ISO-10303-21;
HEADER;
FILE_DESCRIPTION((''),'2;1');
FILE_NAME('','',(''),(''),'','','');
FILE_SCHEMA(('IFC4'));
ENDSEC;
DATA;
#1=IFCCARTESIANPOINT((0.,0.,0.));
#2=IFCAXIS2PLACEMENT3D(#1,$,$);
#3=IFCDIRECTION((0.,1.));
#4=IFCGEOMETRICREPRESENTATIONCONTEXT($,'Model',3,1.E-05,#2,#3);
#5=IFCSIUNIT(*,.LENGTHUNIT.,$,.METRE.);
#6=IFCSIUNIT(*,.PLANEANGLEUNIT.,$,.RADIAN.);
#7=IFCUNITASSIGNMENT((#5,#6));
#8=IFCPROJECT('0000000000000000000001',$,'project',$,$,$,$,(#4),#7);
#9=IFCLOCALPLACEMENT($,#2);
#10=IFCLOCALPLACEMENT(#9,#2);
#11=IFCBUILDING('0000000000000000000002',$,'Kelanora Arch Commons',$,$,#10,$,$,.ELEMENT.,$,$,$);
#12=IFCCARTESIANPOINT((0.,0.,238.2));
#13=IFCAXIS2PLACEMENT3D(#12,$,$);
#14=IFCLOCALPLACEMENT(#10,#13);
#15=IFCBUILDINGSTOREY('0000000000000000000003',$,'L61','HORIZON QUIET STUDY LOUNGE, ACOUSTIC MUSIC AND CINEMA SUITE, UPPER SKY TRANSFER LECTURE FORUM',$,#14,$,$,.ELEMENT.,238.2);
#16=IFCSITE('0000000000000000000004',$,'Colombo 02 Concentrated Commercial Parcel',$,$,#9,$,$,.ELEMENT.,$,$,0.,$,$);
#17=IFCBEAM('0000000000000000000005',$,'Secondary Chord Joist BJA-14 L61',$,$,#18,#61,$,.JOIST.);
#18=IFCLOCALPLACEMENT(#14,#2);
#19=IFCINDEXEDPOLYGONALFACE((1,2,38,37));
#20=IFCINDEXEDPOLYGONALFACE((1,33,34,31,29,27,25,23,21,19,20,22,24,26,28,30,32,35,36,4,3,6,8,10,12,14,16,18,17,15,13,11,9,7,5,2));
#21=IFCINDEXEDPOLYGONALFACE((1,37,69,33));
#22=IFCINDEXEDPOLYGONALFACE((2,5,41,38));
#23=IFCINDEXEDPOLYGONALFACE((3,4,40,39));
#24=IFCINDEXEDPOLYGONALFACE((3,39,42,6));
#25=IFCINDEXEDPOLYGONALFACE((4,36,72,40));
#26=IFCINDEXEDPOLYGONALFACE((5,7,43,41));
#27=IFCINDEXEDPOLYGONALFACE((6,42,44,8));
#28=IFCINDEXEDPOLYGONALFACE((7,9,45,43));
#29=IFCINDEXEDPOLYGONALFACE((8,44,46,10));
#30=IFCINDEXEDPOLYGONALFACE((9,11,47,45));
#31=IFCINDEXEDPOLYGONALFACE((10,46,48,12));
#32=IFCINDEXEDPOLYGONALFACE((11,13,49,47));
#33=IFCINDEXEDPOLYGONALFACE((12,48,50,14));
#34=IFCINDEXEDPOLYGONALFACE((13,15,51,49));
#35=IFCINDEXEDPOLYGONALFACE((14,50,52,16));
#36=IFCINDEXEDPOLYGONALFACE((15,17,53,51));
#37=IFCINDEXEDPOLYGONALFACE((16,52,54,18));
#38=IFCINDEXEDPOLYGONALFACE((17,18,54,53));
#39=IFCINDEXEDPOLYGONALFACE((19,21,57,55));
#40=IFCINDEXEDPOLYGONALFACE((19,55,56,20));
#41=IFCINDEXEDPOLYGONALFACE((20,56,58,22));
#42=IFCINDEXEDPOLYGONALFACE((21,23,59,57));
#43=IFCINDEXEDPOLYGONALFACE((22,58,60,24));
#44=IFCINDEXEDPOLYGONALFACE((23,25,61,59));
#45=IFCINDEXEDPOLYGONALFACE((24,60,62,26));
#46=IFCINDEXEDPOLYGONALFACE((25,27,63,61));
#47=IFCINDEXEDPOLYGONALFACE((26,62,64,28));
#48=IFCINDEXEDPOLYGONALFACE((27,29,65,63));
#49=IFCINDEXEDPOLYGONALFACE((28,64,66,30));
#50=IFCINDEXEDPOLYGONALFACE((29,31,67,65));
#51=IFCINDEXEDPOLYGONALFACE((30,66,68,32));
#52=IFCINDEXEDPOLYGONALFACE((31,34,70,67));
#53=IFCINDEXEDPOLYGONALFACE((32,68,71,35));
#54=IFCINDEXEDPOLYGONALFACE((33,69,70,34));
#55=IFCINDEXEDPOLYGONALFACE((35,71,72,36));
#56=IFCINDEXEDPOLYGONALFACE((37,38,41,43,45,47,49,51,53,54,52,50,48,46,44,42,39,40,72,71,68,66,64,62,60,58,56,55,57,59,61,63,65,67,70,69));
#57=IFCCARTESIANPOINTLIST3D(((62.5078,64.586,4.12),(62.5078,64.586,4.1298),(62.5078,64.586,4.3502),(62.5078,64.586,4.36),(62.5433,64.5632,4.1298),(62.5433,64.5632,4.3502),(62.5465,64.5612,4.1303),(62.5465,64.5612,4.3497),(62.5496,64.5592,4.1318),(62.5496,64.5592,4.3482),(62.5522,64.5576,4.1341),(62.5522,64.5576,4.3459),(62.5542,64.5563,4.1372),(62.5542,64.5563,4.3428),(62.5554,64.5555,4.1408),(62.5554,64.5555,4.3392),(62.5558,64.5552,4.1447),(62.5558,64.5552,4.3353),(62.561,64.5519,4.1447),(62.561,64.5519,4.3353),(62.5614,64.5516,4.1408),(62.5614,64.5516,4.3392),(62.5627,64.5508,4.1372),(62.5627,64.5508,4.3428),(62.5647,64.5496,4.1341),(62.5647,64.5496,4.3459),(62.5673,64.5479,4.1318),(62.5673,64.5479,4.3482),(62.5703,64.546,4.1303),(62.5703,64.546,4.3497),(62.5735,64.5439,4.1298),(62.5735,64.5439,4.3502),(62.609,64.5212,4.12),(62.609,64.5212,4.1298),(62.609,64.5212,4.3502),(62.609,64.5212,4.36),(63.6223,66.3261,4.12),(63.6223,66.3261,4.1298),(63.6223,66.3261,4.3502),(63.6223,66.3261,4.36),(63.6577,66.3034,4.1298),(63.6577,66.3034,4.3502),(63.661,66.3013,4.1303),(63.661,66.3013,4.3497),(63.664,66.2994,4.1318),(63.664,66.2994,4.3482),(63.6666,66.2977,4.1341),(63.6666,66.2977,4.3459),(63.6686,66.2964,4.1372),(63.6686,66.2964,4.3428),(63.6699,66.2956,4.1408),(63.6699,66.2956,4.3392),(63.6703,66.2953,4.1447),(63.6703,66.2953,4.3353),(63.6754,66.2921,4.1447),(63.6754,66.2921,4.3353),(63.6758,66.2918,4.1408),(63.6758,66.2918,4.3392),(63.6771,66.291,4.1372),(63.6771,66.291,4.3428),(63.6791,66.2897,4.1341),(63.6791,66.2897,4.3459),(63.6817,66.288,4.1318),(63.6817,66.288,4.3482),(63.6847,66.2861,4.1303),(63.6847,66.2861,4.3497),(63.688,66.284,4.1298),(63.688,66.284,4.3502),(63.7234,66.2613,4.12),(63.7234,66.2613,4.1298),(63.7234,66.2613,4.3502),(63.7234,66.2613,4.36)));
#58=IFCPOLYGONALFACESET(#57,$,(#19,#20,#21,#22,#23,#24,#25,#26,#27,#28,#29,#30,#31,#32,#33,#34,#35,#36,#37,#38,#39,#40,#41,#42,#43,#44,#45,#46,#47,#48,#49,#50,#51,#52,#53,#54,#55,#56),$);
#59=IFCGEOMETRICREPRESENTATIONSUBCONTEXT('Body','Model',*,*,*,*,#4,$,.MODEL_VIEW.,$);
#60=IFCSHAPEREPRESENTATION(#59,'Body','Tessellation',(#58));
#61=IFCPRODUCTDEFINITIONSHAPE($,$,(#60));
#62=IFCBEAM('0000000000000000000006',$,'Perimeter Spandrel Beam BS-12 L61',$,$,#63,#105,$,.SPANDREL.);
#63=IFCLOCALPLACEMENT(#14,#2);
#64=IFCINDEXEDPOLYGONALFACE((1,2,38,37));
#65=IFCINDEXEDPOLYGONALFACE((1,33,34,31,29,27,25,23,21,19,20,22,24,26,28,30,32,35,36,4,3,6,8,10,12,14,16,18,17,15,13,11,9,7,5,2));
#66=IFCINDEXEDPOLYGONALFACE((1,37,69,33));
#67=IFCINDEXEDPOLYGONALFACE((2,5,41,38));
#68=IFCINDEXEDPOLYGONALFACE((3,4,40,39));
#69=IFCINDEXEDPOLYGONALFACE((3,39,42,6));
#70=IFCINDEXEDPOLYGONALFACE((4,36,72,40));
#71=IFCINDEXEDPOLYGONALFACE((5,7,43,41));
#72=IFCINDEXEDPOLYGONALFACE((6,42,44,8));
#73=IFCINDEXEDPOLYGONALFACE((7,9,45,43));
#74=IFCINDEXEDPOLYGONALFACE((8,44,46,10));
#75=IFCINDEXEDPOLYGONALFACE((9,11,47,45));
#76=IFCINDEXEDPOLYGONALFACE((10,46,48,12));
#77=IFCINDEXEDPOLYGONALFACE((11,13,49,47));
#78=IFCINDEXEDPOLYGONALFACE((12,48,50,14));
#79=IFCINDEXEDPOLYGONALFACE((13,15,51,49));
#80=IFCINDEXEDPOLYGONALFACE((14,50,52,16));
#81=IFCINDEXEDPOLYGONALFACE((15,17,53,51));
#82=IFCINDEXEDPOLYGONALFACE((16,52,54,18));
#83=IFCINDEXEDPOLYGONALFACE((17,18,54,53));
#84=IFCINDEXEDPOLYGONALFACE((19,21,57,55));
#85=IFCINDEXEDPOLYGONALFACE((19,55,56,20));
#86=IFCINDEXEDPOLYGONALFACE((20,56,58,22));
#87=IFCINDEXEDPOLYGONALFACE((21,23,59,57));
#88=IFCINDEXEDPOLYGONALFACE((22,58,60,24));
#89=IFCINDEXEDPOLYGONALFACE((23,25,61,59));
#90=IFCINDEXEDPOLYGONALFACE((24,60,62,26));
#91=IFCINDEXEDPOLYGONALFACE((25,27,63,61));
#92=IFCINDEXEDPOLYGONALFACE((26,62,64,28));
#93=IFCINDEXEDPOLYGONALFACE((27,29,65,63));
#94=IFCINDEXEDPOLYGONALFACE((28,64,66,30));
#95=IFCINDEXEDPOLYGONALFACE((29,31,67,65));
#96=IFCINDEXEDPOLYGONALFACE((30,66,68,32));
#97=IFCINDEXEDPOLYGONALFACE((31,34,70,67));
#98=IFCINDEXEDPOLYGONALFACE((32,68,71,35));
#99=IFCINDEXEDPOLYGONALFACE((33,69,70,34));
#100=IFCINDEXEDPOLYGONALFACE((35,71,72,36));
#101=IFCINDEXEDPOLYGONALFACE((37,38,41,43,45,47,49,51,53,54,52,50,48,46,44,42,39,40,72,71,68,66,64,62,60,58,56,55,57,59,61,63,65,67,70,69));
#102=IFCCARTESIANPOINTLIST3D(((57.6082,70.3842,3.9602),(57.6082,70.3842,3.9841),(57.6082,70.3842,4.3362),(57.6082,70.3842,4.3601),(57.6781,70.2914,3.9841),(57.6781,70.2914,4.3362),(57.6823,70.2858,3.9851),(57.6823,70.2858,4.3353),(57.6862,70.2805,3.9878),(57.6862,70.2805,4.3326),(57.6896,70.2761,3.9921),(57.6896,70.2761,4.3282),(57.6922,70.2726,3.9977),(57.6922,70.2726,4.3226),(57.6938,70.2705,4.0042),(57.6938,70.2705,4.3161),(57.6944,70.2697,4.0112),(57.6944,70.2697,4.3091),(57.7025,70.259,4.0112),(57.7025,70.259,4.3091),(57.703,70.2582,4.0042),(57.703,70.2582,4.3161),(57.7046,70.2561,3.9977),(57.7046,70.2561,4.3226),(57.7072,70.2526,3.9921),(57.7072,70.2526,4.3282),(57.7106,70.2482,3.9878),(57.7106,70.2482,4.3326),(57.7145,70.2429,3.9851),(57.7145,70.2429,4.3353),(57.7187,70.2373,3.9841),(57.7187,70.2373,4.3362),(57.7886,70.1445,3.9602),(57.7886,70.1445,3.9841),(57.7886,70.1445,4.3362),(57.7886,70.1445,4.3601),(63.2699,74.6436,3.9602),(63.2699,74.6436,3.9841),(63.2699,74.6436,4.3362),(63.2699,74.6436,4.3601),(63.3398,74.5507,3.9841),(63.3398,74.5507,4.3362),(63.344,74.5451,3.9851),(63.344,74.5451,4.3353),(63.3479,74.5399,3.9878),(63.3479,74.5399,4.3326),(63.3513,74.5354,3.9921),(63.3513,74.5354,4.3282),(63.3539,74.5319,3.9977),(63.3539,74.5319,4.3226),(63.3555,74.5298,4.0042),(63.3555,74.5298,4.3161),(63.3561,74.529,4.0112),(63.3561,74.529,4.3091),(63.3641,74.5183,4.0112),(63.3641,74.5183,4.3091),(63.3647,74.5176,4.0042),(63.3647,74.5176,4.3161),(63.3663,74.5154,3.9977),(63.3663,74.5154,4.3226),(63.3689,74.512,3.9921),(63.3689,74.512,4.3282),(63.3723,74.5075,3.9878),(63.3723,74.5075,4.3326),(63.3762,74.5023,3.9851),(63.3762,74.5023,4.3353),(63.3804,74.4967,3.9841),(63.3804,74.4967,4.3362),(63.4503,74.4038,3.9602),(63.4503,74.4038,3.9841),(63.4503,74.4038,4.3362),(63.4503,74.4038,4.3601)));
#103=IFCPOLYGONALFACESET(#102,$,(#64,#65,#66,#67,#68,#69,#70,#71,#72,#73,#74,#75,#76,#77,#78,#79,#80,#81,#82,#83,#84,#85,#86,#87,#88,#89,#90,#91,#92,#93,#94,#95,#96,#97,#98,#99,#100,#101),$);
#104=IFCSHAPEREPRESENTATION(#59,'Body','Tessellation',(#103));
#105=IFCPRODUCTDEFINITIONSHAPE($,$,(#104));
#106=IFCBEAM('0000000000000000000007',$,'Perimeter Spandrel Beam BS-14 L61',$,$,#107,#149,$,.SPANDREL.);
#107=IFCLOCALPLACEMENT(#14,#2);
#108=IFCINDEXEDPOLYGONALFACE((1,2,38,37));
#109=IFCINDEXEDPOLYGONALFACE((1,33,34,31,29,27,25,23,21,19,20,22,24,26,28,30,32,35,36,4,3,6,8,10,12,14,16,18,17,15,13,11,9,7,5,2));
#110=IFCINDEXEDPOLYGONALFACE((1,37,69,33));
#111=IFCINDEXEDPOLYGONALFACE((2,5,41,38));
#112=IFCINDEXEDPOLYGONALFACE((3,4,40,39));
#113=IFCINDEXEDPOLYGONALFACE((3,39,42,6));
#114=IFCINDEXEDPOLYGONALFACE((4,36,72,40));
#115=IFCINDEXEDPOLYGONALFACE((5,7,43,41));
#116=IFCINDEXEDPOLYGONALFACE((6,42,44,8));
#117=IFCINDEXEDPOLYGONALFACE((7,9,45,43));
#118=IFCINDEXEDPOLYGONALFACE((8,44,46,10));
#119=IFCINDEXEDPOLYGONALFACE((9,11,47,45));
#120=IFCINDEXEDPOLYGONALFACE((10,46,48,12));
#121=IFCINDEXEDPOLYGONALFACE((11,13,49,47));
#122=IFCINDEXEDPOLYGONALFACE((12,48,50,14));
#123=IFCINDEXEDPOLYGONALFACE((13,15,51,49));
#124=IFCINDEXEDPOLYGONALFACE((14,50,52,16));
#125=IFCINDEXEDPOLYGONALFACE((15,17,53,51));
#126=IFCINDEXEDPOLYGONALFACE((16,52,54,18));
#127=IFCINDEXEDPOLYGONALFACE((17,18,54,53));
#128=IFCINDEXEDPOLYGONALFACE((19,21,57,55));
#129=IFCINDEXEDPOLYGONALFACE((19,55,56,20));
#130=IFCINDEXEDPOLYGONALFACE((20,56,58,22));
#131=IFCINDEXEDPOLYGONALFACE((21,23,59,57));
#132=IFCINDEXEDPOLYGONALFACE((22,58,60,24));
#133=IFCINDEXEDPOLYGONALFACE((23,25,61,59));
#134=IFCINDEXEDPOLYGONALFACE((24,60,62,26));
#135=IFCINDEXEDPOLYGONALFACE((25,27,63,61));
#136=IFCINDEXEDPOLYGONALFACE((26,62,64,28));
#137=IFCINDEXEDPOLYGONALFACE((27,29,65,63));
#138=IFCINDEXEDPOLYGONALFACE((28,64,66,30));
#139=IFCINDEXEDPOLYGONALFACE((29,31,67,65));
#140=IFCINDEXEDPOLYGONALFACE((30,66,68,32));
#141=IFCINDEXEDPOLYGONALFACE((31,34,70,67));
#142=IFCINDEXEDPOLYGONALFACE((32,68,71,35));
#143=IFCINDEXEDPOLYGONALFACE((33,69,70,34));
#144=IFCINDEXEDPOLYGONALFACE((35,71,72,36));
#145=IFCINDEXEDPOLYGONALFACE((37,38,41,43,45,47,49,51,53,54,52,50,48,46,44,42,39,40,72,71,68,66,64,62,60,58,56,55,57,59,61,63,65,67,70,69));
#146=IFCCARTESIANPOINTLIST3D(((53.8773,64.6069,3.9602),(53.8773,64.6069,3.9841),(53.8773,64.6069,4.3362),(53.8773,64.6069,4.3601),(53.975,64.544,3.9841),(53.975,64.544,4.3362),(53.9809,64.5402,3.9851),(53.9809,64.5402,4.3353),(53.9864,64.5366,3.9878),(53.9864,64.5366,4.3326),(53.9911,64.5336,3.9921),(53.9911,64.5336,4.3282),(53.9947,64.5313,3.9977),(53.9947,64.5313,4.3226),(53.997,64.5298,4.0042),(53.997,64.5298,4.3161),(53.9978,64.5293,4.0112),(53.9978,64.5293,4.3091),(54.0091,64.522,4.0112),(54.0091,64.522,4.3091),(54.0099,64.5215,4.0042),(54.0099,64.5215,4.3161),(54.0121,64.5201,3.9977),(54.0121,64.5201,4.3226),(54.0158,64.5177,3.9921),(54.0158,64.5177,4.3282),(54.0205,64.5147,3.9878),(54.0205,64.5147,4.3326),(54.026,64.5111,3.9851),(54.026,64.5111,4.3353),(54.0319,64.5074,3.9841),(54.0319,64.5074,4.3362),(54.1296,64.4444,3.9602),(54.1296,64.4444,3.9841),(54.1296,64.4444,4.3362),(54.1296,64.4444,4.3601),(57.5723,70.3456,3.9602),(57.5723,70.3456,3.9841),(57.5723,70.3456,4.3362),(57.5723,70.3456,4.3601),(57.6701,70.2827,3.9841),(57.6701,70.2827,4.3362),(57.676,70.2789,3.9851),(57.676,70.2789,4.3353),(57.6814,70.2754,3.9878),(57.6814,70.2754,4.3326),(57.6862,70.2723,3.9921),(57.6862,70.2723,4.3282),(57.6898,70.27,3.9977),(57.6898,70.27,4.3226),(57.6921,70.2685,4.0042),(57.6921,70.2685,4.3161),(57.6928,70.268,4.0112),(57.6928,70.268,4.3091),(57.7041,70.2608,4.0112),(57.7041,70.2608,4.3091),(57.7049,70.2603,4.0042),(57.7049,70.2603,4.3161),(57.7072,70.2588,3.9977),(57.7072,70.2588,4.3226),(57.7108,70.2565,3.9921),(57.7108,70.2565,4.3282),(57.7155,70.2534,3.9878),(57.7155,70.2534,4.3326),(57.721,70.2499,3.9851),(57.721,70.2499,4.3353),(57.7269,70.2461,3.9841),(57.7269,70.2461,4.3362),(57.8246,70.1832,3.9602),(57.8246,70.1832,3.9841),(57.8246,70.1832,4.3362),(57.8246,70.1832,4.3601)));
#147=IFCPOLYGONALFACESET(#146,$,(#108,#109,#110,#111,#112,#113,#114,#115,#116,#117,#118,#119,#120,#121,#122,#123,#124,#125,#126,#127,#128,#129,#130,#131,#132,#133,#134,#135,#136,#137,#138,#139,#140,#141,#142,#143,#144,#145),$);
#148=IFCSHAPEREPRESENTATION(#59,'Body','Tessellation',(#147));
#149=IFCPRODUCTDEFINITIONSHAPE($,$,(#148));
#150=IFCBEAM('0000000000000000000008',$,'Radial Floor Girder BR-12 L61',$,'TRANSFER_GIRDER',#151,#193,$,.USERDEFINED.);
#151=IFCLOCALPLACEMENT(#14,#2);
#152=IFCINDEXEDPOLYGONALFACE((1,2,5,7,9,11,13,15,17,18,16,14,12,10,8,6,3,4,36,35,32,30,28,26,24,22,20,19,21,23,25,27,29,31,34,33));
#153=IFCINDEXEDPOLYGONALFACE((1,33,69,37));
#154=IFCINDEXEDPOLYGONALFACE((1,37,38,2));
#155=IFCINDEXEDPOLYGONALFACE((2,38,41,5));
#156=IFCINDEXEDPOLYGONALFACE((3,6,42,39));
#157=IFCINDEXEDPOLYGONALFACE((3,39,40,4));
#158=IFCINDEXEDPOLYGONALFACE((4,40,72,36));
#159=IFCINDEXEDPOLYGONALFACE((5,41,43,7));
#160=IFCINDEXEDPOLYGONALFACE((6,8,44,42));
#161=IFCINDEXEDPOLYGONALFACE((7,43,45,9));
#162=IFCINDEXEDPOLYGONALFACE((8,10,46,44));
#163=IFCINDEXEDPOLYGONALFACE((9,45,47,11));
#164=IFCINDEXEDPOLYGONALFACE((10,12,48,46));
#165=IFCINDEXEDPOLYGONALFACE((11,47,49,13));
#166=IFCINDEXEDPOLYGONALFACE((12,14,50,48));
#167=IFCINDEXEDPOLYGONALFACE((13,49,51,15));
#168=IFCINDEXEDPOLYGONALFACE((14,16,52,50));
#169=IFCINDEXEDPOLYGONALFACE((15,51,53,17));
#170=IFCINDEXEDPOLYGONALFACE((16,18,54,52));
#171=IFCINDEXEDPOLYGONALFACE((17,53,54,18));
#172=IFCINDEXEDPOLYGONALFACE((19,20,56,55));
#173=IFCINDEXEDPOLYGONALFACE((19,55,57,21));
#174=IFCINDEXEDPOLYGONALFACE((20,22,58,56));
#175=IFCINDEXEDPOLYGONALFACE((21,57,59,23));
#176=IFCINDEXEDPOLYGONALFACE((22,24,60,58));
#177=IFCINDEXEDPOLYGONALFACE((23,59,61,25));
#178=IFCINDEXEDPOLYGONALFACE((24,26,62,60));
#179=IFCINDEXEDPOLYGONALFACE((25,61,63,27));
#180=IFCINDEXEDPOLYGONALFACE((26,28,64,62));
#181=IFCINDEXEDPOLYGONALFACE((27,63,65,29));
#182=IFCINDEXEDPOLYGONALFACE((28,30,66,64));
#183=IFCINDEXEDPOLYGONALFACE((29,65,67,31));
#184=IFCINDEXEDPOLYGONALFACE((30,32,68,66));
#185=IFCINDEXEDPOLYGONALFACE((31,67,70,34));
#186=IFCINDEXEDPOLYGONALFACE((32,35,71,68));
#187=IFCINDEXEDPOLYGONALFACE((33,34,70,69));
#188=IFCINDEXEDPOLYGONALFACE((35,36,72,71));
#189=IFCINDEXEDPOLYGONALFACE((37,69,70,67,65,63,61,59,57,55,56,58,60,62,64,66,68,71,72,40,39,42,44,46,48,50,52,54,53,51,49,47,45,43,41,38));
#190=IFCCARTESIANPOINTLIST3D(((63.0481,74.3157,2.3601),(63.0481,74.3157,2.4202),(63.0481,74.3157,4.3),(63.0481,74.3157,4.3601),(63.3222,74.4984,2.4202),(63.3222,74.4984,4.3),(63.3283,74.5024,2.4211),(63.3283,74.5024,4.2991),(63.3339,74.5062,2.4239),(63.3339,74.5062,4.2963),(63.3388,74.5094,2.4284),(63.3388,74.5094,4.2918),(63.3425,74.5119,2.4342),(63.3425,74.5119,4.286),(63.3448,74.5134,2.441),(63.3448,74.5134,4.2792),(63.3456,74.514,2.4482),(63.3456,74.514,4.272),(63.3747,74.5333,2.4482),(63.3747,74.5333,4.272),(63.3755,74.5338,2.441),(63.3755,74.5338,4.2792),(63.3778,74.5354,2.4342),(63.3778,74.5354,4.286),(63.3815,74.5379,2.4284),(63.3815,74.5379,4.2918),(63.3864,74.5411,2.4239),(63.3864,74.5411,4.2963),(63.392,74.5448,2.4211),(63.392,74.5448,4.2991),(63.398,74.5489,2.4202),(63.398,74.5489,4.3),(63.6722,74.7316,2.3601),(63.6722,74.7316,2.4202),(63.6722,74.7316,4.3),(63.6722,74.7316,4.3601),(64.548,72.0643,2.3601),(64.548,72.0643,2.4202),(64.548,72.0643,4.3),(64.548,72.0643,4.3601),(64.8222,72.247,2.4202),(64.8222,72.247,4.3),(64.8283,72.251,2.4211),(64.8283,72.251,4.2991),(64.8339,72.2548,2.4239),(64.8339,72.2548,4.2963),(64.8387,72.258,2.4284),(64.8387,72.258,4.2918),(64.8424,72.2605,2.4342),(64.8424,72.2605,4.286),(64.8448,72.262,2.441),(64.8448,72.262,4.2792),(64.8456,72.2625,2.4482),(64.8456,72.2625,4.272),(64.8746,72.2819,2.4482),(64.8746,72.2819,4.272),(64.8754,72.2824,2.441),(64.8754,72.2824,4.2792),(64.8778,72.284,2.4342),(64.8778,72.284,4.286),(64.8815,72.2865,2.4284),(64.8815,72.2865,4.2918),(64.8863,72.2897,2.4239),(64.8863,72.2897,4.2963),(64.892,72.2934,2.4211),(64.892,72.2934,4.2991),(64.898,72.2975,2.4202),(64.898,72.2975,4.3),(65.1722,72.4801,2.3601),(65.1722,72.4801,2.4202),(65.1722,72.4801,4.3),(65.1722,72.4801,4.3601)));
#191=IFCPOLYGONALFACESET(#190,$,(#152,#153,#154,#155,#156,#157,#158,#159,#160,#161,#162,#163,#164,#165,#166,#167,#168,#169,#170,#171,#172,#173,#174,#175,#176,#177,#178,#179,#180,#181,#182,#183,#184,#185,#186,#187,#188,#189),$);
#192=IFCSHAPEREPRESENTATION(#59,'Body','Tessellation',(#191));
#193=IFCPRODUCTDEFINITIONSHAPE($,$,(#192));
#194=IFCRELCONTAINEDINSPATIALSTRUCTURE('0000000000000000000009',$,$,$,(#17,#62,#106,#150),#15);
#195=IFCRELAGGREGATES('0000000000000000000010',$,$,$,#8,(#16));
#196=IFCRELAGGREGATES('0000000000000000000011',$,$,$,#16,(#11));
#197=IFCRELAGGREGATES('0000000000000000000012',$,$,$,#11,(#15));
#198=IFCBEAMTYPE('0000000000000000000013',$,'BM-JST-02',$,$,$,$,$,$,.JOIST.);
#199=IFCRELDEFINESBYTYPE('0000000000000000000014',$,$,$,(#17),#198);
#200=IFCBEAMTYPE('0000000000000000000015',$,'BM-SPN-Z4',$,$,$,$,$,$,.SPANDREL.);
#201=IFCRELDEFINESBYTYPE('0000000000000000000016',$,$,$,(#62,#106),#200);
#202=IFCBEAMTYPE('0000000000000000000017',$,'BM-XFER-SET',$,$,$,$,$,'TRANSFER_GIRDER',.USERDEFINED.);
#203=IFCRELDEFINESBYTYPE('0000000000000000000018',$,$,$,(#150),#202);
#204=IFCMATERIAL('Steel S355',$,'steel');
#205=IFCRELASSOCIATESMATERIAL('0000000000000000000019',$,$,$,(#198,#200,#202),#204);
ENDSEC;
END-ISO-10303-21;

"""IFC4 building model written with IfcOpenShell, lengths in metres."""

from ifc_helpers import new_model, si_unit, direction, frame, origin, origin_2d, place, context, subcontext, project, spatial, i_section, extrude, material, material_profile, profile_set, type_object, element, save


model = new_model("IFC4")

# Units and contexts
model_context = context("Model", 3, precision=1e-05, world=origin(), true_north=direction((0.0, 1.0)))
body_context = subcontext(model_context, "Body", "Model", "MODEL_VIEW")
ifc_project = project(units=[si_unit("LENGTHUNIT", "METRE"), si_unit("PLANEANGLEUNIT", "RADIAN")], contexts=[model_context])

# Site, building, storey
site_placement = place(None, origin())
site = spatial("IfcSite", under=ifc_project, at=site_placement, Name="Colombo 02 Concentrated Commercial Parcel", CompositionType="ELEMENT", RefElevation=0.0)
building_placement = place(site_placement, origin())
building = spatial("IfcBuilding", under=site, at=building_placement, Name="Kelanora Arch Commons", CompositionType="ELEMENT")
storey_placement = place(building_placement, frame((0.0, 0.0, 238.2)))
storey = spatial("IfcBuildingStorey", under=building, at=storey_placement, Name="L61", Description="HORIZON QUIET STUDY LOUNGE, ACOUSTIC MUSIC AND CINEMA SUITE, UPPER SKY TRANSFER LECTURE FORUM", CompositionType="ELEMENT", Elevation=238.2)

# Beams
ifc_material_1 = material(Name="Steel S355", Category="steel")
ifc_material_profile_1 = material_profile(ifc_material_1, i_section(OverallWidth=0.1201, OverallDepth=0.24, WebThickness=0.0061, FlangeThickness=0.0098, FilletRadius=0.0149, at=origin_2d()), Name="IPE240")
ifc_profile_set_1 = profile_set([ifc_material_profile_1], Name="Steel S355")
beam_type_1 = type_object("IfcBeamType", Name="BM-JST-02", PredefinedType="JOIST", material=ifc_profile_set_1)
beam_1_placement = place(storey_placement, frame((63.6729, 66.2937, 4.24), z_axis=(-0.539312, -0.842106, 0.0), x_axis=(0.842106, -0.539312, 0.0)))
element("IfcBeam", 1, at=beam_1_placement, inside=storey, type_object=beam_type_1, Name="Secondary Chord Joist BJA-14 L61", PredefinedType="JOIST", context=body_context, shape_type="SweptSolid", body=[
    extrude(i_section(OverallWidth=0.1201, OverallDepth=0.24, WebThickness=0.0061, FlangeThickness=0.0098, FilletRadius=0.0149, at=origin_2d()), origin(), (0.0, 0.0, 1.0), 2.0664),
])
ifc_material_profile_2 = material_profile(ifc_material_1, i_section(OverallWidth=0.3, OverallDepth=0.3999, WebThickness=0.0134, FlangeThickness=0.0239, FilletRadius=0.0271, at=origin_2d()), Name="HEB400")
ifc_profile_set_2 = profile_set([ifc_material_profile_2], Name="Steel S355")
beam_type_2 = type_object("IfcBeamType", Name="BM-SPN-Z4", PredefinedType="SPANDREL", material=ifc_profile_set_2)
beam_2_placement = place(storey_placement, frame((63.3601, 74.5237, 4.1602), z_axis=(-0.799114, -0.601179, 0.0), x_axis=(0.601179, -0.799114, 0.0)))
element("IfcBeam", 2, at=beam_2_placement, inside=storey, type_object=beam_type_2, Name="Perimeter Spandrel Beam BS-12 L61", PredefinedType="SPANDREL", context=body_context, shape_type="SweptSolid", body=[
    extrude(i_section(OverallWidth=0.3, OverallDepth=0.3999, WebThickness=0.0134, FlangeThickness=0.0239, FilletRadius=0.0271, at=origin_2d()), origin(), (0.0, 0.0, 1.0), 7.085),
])
beam_3_placement = place(storey_placement, frame((57.6985, 70.2644, 4.1602), z_axis=(-0.541365, -0.840788, 0.0), x_axis=(0.840788, -0.541365, 0.0)))
element("IfcBeam", 3, at=beam_3_placement, inside=storey, type_object=beam_type_2, Name="Perimeter Spandrel Beam BS-14 L61", PredefinedType="SPANDREL", context=body_context, shape_type="SweptSolid", body=[
    extrude(i_section(OverallWidth=0.3, OverallDepth=0.3999, WebThickness=0.0134, FlangeThickness=0.0239, FilletRadius=0.0271, at=origin_2d()), origin(), (0.0, 0.0, 1.0), 6.8254),
])
ifc_material_profile_3 = material_profile(ifc_material_1, i_section(OverallWidth=0.75, OverallDepth=2.0, WebThickness=0.0349, FlangeThickness=0.0601, FilletRadius=0.0281, at=origin_2d()), Name="PG2000x750")
ifc_profile_set_3 = profile_set([ifc_material_profile_3], Name="Steel S355")
beam_type_3 = type_object("IfcBeamType", Name="BM-XFER-SET", ElementType="TRANSFER_GIRDER", PredefinedType="USERDEFINED", material=ifc_profile_set_3)
beam_4_placement = place(storey_placement, frame((64.8601, 72.2722, 3.3601), z_axis=(-0.55445, 0.832217, 0.0), x_axis=(-0.832217, -0.55445, 0.0)))
element("IfcBeam", 4, at=beam_4_placement, inside=storey, type_object=beam_type_3, Name="Radial Floor Girder BR-12 L61", ObjectType="TRANSFER_GIRDER", PredefinedType="USERDEFINED", context=body_context, shape_type="SweptSolid", body=[
    extrude(i_section(OverallWidth=0.75, OverallDepth=2.0, WebThickness=0.0349, FlangeThickness=0.0601, FilletRadius=0.0281, at=origin_2d()), origin(), (0.0, 0.0, 1.0), 2.7053),
])

save(model, "model.ifc")
